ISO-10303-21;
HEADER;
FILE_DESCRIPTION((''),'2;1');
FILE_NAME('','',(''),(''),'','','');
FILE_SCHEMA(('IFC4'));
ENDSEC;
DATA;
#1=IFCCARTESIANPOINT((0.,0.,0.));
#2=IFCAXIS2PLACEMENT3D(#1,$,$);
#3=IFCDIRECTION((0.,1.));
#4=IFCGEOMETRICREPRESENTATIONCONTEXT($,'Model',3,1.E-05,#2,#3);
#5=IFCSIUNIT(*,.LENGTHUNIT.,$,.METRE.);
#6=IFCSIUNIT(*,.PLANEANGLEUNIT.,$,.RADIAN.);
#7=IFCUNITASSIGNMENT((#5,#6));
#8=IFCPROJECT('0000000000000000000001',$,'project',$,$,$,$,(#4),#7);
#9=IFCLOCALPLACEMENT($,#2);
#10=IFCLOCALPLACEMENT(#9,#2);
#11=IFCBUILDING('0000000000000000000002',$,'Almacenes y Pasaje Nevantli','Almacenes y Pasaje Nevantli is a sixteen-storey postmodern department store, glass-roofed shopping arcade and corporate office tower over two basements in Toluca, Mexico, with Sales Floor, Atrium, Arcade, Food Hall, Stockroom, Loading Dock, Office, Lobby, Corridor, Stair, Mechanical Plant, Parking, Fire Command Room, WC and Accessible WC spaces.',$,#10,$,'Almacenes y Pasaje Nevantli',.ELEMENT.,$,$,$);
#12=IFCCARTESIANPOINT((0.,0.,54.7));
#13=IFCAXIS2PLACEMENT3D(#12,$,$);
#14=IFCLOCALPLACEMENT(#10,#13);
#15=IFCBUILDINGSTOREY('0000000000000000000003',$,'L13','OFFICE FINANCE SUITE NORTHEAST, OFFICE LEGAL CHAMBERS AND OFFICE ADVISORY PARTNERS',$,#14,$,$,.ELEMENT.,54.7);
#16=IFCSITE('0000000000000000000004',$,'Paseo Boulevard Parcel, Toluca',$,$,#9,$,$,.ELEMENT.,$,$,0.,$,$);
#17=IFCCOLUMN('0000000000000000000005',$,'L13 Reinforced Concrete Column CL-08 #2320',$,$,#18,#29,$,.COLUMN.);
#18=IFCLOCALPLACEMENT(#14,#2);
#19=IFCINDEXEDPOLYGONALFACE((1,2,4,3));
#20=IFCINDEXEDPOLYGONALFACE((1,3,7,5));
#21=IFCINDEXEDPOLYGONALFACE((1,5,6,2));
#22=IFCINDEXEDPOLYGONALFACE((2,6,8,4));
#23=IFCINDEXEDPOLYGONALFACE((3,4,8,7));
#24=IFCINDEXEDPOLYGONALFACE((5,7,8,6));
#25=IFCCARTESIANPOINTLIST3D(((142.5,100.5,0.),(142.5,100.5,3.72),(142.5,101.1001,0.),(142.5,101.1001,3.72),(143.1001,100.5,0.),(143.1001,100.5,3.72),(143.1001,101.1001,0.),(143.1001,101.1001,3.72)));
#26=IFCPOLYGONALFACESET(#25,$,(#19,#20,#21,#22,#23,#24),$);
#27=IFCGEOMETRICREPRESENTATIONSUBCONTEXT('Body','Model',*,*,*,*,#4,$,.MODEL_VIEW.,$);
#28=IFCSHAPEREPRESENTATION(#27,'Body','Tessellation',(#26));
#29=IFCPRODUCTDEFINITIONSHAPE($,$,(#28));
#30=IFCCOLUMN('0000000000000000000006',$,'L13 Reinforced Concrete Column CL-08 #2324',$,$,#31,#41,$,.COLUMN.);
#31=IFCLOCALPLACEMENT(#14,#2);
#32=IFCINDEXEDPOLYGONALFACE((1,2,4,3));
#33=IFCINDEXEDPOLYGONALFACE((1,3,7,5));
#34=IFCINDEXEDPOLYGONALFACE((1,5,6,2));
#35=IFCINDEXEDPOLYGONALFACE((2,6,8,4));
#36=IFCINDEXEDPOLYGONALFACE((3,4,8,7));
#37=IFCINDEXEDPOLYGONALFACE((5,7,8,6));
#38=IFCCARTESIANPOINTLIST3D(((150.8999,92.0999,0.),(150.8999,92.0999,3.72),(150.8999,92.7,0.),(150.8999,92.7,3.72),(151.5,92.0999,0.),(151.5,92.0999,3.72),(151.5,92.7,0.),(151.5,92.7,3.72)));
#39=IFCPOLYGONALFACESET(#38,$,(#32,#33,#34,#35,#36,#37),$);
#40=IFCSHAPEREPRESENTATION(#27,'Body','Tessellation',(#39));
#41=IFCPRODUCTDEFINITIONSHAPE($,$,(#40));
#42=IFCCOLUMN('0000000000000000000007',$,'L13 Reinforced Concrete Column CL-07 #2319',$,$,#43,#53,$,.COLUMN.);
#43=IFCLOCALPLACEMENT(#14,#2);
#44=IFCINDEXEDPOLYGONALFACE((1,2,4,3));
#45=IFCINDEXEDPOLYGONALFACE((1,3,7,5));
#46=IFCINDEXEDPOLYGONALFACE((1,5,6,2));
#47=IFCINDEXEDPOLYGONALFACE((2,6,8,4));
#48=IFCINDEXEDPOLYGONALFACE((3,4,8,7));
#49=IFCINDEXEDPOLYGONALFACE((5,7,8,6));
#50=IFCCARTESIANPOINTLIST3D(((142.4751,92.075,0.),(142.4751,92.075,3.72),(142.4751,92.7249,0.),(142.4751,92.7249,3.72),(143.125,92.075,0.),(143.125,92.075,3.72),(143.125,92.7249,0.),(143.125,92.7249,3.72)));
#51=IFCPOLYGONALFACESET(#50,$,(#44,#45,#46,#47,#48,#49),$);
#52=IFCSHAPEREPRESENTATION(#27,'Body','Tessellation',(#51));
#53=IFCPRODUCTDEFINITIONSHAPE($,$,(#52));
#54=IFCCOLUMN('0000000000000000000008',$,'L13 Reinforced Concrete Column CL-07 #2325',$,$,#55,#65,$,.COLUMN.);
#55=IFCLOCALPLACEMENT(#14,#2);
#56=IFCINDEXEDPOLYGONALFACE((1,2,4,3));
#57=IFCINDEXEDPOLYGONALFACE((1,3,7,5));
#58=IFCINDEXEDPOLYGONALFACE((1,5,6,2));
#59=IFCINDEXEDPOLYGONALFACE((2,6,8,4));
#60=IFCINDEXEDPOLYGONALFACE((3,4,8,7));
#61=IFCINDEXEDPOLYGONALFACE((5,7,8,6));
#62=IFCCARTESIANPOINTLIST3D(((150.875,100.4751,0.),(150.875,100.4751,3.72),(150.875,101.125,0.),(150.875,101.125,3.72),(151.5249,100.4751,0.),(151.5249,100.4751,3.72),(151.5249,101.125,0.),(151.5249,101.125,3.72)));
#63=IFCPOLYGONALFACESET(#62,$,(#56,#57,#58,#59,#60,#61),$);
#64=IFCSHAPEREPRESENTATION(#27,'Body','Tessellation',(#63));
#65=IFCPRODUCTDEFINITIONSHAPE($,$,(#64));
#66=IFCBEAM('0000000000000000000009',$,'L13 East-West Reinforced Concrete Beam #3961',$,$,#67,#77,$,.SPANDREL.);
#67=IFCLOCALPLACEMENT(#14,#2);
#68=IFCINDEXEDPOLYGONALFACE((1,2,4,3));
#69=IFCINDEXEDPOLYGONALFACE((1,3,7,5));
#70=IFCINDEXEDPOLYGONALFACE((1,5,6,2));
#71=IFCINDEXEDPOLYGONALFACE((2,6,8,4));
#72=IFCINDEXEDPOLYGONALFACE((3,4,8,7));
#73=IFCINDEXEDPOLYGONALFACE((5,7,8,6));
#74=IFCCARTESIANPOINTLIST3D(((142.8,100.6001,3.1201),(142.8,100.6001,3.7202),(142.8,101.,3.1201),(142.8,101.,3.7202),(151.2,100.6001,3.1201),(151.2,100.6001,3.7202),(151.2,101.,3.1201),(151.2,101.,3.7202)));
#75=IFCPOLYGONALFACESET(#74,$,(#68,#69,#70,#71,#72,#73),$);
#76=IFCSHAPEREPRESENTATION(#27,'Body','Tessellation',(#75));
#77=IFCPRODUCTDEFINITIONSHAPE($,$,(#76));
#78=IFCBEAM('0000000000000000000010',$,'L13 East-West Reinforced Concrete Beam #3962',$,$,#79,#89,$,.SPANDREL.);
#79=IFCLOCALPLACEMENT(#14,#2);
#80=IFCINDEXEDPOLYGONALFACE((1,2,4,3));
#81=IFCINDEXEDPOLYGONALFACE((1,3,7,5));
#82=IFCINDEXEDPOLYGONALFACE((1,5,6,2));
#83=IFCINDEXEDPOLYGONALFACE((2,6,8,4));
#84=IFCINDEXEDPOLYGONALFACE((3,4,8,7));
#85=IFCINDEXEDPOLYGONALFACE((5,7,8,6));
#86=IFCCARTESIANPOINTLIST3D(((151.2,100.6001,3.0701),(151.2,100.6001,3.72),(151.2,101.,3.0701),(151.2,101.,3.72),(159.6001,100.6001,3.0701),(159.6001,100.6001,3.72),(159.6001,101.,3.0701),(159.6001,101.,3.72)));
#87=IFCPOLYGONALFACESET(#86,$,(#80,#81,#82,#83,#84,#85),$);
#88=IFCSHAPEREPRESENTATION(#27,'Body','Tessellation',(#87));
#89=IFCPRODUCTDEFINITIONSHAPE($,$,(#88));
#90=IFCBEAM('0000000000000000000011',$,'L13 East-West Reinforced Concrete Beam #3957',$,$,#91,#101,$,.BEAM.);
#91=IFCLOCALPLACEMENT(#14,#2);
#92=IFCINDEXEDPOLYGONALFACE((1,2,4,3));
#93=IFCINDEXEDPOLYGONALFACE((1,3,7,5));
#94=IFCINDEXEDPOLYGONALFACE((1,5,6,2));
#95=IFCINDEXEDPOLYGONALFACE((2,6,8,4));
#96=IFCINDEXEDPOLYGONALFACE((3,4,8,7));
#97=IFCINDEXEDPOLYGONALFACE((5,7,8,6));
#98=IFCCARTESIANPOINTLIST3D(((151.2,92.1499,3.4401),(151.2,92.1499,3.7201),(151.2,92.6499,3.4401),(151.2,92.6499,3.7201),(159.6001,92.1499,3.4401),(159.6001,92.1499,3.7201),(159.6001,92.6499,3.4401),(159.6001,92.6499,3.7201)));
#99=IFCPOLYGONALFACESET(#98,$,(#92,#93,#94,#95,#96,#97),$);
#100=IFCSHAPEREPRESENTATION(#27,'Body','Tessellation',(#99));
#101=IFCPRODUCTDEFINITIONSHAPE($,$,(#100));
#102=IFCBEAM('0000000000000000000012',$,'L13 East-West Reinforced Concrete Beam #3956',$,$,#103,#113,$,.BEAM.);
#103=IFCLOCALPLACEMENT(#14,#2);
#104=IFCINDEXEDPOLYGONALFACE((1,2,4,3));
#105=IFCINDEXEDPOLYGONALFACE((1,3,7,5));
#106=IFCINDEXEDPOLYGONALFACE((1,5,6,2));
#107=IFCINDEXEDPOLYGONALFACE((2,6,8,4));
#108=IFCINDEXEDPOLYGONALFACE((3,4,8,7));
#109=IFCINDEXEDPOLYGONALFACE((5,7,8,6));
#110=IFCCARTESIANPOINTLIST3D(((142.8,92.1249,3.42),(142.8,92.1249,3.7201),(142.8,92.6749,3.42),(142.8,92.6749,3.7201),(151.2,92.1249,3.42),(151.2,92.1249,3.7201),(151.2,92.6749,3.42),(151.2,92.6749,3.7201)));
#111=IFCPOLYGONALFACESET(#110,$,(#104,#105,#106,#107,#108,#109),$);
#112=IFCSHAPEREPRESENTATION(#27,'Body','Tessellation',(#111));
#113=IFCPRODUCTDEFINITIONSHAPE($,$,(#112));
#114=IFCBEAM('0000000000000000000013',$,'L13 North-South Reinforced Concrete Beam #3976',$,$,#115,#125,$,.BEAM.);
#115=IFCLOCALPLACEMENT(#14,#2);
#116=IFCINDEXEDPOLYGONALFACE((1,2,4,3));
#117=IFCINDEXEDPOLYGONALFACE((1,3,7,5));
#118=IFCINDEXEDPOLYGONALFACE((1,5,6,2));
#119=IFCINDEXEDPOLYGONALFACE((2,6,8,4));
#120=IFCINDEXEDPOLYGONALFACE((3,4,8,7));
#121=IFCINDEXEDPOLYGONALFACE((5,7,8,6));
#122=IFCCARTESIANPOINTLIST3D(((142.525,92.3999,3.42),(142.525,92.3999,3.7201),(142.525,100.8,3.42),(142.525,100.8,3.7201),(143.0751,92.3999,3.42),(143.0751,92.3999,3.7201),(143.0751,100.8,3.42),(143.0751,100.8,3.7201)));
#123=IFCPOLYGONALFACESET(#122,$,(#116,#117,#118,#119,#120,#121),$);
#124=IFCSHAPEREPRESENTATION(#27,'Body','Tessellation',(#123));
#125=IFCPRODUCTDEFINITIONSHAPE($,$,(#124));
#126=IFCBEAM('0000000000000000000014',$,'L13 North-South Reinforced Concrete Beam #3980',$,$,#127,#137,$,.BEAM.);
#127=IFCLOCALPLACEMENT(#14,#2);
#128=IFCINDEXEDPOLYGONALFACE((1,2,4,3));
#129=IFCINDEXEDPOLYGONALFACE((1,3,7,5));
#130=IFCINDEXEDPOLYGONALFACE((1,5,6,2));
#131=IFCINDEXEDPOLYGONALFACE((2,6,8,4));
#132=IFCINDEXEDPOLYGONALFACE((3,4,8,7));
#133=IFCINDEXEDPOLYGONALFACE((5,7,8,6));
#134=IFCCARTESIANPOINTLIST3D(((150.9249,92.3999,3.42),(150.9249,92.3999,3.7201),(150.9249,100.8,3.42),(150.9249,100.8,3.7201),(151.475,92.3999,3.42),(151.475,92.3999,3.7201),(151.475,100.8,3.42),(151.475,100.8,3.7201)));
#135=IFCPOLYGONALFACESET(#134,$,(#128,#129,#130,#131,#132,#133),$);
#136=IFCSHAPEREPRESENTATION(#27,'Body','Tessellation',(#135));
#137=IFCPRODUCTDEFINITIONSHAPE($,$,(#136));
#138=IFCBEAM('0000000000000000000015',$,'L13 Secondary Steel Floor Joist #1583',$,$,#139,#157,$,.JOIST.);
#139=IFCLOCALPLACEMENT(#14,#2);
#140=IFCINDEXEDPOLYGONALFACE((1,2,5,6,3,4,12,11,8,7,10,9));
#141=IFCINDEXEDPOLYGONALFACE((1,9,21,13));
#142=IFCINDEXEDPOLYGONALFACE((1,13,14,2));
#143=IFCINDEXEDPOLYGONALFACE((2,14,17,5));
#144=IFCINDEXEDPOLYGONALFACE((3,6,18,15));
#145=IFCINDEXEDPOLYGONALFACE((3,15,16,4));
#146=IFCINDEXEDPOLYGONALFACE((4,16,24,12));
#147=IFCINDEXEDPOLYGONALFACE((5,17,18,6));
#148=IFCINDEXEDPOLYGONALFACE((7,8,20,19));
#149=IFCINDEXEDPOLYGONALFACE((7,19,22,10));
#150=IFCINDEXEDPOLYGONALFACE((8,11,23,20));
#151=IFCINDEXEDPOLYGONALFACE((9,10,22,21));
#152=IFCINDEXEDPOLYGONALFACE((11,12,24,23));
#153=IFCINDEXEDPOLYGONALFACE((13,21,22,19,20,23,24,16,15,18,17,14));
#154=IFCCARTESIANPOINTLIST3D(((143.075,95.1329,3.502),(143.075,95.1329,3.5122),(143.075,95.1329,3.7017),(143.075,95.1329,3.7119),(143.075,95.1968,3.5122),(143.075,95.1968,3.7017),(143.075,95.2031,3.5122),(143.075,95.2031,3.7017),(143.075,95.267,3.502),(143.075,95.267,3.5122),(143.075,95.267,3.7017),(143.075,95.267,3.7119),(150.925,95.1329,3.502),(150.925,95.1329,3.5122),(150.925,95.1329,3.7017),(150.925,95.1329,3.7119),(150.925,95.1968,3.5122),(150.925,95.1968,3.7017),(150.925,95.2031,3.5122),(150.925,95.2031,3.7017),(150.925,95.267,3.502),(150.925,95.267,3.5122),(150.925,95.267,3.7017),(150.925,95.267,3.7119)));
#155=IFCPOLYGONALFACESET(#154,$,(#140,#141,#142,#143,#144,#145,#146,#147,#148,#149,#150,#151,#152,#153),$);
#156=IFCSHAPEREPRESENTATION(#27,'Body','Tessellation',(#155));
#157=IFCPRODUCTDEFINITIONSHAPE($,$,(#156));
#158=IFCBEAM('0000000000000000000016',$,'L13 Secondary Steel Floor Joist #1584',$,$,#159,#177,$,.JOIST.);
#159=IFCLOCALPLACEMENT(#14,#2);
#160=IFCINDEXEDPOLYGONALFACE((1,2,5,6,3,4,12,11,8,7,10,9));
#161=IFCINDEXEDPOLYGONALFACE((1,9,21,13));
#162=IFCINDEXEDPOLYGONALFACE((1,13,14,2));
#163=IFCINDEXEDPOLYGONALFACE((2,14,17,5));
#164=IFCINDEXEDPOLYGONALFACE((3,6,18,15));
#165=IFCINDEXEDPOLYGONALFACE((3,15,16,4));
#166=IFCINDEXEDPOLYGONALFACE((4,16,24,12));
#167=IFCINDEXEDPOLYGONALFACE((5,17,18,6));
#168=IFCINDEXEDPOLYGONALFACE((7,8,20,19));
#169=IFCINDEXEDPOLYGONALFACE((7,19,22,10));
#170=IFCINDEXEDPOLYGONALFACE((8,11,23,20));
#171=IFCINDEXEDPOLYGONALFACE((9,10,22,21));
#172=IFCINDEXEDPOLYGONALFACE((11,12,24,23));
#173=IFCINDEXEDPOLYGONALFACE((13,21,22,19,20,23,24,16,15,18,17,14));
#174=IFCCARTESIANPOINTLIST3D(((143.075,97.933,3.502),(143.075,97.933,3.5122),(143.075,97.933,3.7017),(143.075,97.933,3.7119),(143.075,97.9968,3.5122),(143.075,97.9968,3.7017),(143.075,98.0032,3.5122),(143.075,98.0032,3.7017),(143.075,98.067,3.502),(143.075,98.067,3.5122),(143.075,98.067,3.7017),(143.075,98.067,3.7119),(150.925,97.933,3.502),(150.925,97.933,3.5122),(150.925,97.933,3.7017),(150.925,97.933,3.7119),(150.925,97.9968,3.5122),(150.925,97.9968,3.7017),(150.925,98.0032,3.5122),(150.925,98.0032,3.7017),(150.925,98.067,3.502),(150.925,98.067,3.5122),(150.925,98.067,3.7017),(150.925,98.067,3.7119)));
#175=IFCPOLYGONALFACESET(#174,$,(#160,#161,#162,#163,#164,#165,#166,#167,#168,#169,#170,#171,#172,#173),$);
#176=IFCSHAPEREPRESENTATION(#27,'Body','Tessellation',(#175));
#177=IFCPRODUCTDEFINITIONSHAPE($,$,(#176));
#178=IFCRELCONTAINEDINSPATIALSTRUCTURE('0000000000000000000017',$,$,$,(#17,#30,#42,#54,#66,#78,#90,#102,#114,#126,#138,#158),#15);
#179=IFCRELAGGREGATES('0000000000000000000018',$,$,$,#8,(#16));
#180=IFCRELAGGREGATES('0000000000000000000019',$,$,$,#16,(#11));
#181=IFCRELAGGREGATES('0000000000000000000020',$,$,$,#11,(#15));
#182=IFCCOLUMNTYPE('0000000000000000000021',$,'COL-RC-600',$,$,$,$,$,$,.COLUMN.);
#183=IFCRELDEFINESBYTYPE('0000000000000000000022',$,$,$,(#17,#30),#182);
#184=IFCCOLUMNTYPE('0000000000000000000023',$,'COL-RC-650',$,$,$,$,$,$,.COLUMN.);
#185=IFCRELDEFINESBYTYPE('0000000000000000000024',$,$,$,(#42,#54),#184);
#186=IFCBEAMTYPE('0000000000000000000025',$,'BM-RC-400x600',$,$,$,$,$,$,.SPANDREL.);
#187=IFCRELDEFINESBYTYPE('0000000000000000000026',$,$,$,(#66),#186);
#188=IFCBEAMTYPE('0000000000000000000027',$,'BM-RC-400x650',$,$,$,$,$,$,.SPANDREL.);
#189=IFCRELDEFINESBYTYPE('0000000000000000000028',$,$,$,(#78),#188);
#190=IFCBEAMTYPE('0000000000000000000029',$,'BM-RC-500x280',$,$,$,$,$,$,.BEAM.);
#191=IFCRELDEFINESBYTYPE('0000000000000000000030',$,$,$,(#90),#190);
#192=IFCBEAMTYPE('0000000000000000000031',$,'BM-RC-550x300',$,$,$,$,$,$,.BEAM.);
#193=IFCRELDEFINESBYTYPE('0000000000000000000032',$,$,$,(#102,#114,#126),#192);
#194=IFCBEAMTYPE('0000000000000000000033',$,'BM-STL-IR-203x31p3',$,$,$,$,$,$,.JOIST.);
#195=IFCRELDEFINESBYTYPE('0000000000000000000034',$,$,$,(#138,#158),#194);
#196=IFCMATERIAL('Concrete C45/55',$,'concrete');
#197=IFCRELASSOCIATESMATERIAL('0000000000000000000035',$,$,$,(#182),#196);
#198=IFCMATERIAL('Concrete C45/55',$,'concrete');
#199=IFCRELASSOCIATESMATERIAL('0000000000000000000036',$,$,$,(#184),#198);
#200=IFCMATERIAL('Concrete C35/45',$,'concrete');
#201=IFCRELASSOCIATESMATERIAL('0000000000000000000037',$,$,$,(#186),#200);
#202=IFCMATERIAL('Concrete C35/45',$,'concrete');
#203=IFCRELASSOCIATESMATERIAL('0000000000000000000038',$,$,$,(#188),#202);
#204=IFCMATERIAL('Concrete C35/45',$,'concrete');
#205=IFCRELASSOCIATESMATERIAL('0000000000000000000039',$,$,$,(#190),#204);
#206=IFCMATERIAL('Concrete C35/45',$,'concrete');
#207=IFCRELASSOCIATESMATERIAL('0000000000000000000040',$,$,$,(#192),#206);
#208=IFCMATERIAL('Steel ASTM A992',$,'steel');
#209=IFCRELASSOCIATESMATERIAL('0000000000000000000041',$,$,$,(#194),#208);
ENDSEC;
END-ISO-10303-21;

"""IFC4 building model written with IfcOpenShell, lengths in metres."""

from ifc_helpers import new_model, si_unit, direction, frame, origin, origin_2d, place, context, subcontext, project, spatial, rectangle, i_section, extrude, material, material_profile, profile_set, type_object, element, save


model = new_model("IFC4")

# Units and contexts
model_context = context("Model", 3, precision=1e-05, world=origin(), true_north=direction((0.0, 1.0)))
body_context = subcontext(model_context, "Body", "Model", "MODEL_VIEW")
ifc_project = project(units=[si_unit("LENGTHUNIT", "METRE"), si_unit("PLANEANGLEUNIT", "RADIAN")], contexts=[model_context])

# Site, building, storey
site_placement = place(None, origin())
site = spatial("IfcSite", under=ifc_project, at=site_placement, Name="Paseo Boulevard Parcel, Toluca", CompositionType="ELEMENT", RefElevation=0.0)
building_placement = place(site_placement, origin())
building = spatial("IfcBuilding", under=site, at=building_placement, Name="Almacenes y Pasaje Nevantli", Description="Almacenes y Pasaje Nevantli is a sixteen-storey postmodern department store, glass-roofed shopping arcade and corporate office tower over two basements in Toluca, Mexico, with Sales Floor, Atrium, Arcade, Food Hall, Stockroom, Loading Dock, Office, Lobby, Corridor, Stair, Mechanical Plant, Parking, Fire Command Room, WC and Accessible WC spaces.", LongName="Almacenes y Pasaje Nevantli", CompositionType="ELEMENT")
storey_placement = place(building_placement, frame((0.0, 0.0, 54.7)))
storey = spatial("IfcBuildingStorey", under=building, at=storey_placement, Name="L13", Description="OFFICE FINANCE SUITE NORTHEAST, OFFICE LEGAL CHAMBERS AND OFFICE ADVISORY PARTNERS", CompositionType="ELEMENT", Elevation=54.7)

# Columns
ifc_material_1 = material(Name="Concrete C45/55", Category="concrete")
ifc_material_profile_1 = material_profile(ifc_material_1, rectangle(XDim=0.6001, YDim=0.6001, at=origin_2d()), Name="RC-COL-600x600")
ifc_profile_set_1 = profile_set([ifc_material_profile_1], Name="Concrete C45/55")
column_type_1 = type_object("IfcColumnType", Name="COL-RC-600", PredefinedType="COLUMN", material=ifc_profile_set_1)
for number, where, z_axis, x_axis, name in (
    (1, (142.8, 100.8, 0.0), (0.0, 0.0, 1.0), (1.0, 0.0, 0.0), "L13 Reinforced Concrete Column CL-08 #2320"),
    (2, (151.2, 92.3999, 0.0), (0.0, 0.0, 1.0), (1.0, 0.0, 0.0), "L13 Reinforced Concrete Column CL-08 #2324"),
):
    element("IfcColumn", number, at=place(storey_placement, frame(where, z_axis=z_axis, x_axis=x_axis)), inside=storey, type_object=column_type_1, Name=name, PredefinedType="COLUMN", context=body_context, shape_type="SweptSolid", body=[
        extrude(rectangle(XDim=0.6001, YDim=0.6001, at=origin_2d()), origin(), (0.0, 0.0, 1.0), 3.72),
    ])
ifc_material_2 = material(Name="Concrete C45/55", Category="concrete")
ifc_material_profile_2 = material_profile(ifc_material_2, rectangle(XDim=0.6499, YDim=0.6499, at=origin_2d()), Name="RC-COL-650x650")
ifc_profile_set_2 = profile_set([ifc_material_profile_2], Name="Concrete C45/55")
column_type_2 = type_object("IfcColumnType", Name="COL-RC-650", PredefinedType="COLUMN", material=ifc_profile_set_2)
for number, where, z_axis, x_axis, name in (
    (3, (142.8, 92.3999, 0.0), (0.0, 0.0, 1.0), (1.0, 0.0, 0.0), "L13 Reinforced Concrete Column CL-07 #2319"),
    (4, (151.2, 100.8, 0.0), (0.0, 0.0, 1.0), (1.0, 0.0, 0.0), "L13 Reinforced Concrete Column CL-07 #2325"),
):
    element("IfcColumn", number, at=place(storey_placement, frame(where, z_axis=z_axis, x_axis=x_axis)), inside=storey, type_object=column_type_2, Name=name, PredefinedType="COLUMN", context=body_context, shape_type="SweptSolid", body=[
        extrude(rectangle(XDim=0.6499, YDim=0.6499, at=origin_2d()), origin(), (0.0, 0.0, 1.0), 3.72),
    ])

# Beams
ifc_material_3 = material(Name="Concrete C35/45", Category="concrete")
ifc_material_profile_3 = material_profile(ifc_material_3, rectangle(XDim=0.3999, YDim=0.6001, at=origin_2d()), Name="RC-BM-400x600")
ifc_profile_set_3 = profile_set([ifc_material_profile_3], Name="Concrete C35/45")
beam_type_1 = type_object("IfcBeamType", Name="BM-RC-400x600", PredefinedType="SPANDREL", material=ifc_profile_set_3)
beam_1_placement = place(storey_placement, frame((142.8, 100.8, 3.4202), z_axis=(1.0, 0.0, 0.0), x_axis=(0.0, 1.0, 0.0)))
element("IfcBeam", 5, at=beam_1_placement, inside=storey, type_object=beam_type_1, Name="L13 East-West Reinforced Concrete Beam #3961", PredefinedType="SPANDREL", context=body_context, shape_type="SweptSolid", body=[
    extrude(rectangle(XDim=0.3999, YDim=0.6001, at=origin_2d()), origin(), (0.0, 0.0, 1.0), 8.3999),
])
ifc_material_4 = material(Name="Concrete C35/45", Category="concrete")
ifc_material_profile_4 = material_profile(ifc_material_4, rectangle(XDim=0.3999, YDim=0.6499, at=origin_2d()), Name="RC-BM-400x650")
ifc_profile_set_4 = profile_set([ifc_material_profile_4], Name="Concrete C35/45")
beam_type_2 = type_object("IfcBeamType", Name="BM-RC-400x650", PredefinedType="SPANDREL", material=ifc_profile_set_4)
beam_2_placement = place(storey_placement, frame((151.2, 100.8, 3.395), z_axis=(1.0, 0.0, 0.0), x_axis=(0.0, 1.0, 0.0)))
element("IfcBeam", 6, at=beam_2_placement, inside=storey, type_object=beam_type_2, Name="L13 East-West Reinforced Concrete Beam #3962", PredefinedType="SPANDREL", context=body_context, shape_type="SweptSolid", body=[
    extrude(rectangle(XDim=0.3999, YDim=0.6499, at=origin_2d()), origin(), (0.0, 0.0, 1.0), 8.4001),
])
ifc_material_5 = material(Name="Concrete C35/45", Category="concrete")
ifc_material_profile_5 = material_profile(ifc_material_5, rectangle(XDim=0.5, YDim=0.28, at=origin_2d()), Name="RC-BM-500x280")
ifc_profile_set_5 = profile_set([ifc_material_profile_5], Name="Concrete C35/45")
beam_type_3 = type_object("IfcBeamType", Name="BM-RC-500x280", PredefinedType="BEAM", material=ifc_profile_set_5)
beam_3_placement = place(storey_placement, frame((151.2, 92.3999, 3.5801), z_axis=(1.0, 0.0, 0.0), x_axis=(0.0, 1.0, 0.0)))
element("IfcBeam", 7, at=beam_3_placement, inside=storey, type_object=beam_type_3, Name="L13 East-West Reinforced Concrete Beam #3957", PredefinedType="BEAM", context=body_context, shape_type="SweptSolid", body=[
    extrude(rectangle(XDim=0.5, YDim=0.28, at=origin_2d()), origin(), (0.0, 0.0, 1.0), 8.4001),
])
ifc_material_6 = material(Name="Concrete C35/45", Category="concrete")
ifc_material_profile_6 = material_profile(ifc_material_6, rectangle(XDim=0.55, YDim=0.3, at=origin_2d()), Name="RC-BM-550x300")
ifc_profile_set_6 = profile_set([ifc_material_profile_6], Name="Concrete C35/45")
beam_type_4 = type_object("IfcBeamType", Name="BM-RC-550x300", PredefinedType="BEAM", material=ifc_profile_set_6)
beam_4_placement = place(storey_placement, frame((142.8, 92.3999, 3.5701), z_axis=(1.0, 0.0, 0.0), x_axis=(0.0, 1.0, 0.0)))
element("IfcBeam", 8, at=beam_4_placement, inside=storey, type_object=beam_type_4, Name="L13 East-West Reinforced Concrete Beam #3956", PredefinedType="BEAM", context=body_context, shape_type="SweptSolid", body=[
    extrude(rectangle(XDim=0.55, YDim=0.3, at=origin_2d()), origin(), (0.0, 0.0, 1.0), 8.3999),
])
for number, where, z_axis, x_axis, name in (
    (9, (142.8, 92.3999, 3.5701), (0.0, 1.0, 0.0), (-1.0, 0.0, 0.0), "L13 North-South Reinforced Concrete Beam #3976"),
    (10, (151.2, 92.3999, 3.5701), (0.0, 1.0, 0.0), (-1.0, 0.0, 0.0), "L13 North-South Reinforced Concrete Beam #3980"),
):
    element("IfcBeam", number, at=place(storey_placement, frame(where, z_axis=z_axis, x_axis=x_axis)), inside=storey, type_object=beam_type_4, Name=name, PredefinedType="BEAM", context=body_context, shape_type="SweptSolid", body=[
        extrude(rectangle(XDim=0.55, YDim=0.3, at=origin_2d()), origin(), (0.0, 0.0, 1.0), 8.4001),
    ])
ifc_material_7 = material(Name="Steel ASTM A992", Category="steel")
ifc_material_profile_7 = material_profile(ifc_material_7, i_section(OverallWidth=0.134, OverallDepth=0.21, WebThickness=0.0063, FlangeThickness=0.0103, at=origin_2d()), Name="IR 203x31.3")
ifc_profile_set_7 = profile_set([ifc_material_profile_7], Name="Steel ASTM A992")
beam_type_5 = type_object("IfcBeamType", Name="BM-STL-IR-203x31p3", PredefinedType="JOIST", material=ifc_profile_set_7)
for number, where, z_axis, x_axis, name in (
    (11, (143.075, 95.2, 3.6069), (1.0, 0.0, 0.0), (0.0, 1.0, 0.0), "L13 Secondary Steel Floor Joist #1583"),
    (12, (143.075, 98.0, 3.6069), (1.0, 0.0, 0.0), (0.0, 1.0, 0.0), "L13 Secondary Steel Floor Joist #1584"),
):
    element("IfcBeam", number, at=place(storey_placement, frame(where, z_axis=z_axis, x_axis=x_axis)), inside=storey, type_object=beam_type_5, Name=name, PredefinedType="JOIST", context=body_context, shape_type="SweptSolid", body=[
        extrude(i_section(OverallWidth=0.134, OverallDepth=0.21, WebThickness=0.0063, FlangeThickness=0.0103, at=origin_2d()), origin(), (0.0, 0.0, 1.0), 7.8501),
    ])

save(model, "model.ifc")
